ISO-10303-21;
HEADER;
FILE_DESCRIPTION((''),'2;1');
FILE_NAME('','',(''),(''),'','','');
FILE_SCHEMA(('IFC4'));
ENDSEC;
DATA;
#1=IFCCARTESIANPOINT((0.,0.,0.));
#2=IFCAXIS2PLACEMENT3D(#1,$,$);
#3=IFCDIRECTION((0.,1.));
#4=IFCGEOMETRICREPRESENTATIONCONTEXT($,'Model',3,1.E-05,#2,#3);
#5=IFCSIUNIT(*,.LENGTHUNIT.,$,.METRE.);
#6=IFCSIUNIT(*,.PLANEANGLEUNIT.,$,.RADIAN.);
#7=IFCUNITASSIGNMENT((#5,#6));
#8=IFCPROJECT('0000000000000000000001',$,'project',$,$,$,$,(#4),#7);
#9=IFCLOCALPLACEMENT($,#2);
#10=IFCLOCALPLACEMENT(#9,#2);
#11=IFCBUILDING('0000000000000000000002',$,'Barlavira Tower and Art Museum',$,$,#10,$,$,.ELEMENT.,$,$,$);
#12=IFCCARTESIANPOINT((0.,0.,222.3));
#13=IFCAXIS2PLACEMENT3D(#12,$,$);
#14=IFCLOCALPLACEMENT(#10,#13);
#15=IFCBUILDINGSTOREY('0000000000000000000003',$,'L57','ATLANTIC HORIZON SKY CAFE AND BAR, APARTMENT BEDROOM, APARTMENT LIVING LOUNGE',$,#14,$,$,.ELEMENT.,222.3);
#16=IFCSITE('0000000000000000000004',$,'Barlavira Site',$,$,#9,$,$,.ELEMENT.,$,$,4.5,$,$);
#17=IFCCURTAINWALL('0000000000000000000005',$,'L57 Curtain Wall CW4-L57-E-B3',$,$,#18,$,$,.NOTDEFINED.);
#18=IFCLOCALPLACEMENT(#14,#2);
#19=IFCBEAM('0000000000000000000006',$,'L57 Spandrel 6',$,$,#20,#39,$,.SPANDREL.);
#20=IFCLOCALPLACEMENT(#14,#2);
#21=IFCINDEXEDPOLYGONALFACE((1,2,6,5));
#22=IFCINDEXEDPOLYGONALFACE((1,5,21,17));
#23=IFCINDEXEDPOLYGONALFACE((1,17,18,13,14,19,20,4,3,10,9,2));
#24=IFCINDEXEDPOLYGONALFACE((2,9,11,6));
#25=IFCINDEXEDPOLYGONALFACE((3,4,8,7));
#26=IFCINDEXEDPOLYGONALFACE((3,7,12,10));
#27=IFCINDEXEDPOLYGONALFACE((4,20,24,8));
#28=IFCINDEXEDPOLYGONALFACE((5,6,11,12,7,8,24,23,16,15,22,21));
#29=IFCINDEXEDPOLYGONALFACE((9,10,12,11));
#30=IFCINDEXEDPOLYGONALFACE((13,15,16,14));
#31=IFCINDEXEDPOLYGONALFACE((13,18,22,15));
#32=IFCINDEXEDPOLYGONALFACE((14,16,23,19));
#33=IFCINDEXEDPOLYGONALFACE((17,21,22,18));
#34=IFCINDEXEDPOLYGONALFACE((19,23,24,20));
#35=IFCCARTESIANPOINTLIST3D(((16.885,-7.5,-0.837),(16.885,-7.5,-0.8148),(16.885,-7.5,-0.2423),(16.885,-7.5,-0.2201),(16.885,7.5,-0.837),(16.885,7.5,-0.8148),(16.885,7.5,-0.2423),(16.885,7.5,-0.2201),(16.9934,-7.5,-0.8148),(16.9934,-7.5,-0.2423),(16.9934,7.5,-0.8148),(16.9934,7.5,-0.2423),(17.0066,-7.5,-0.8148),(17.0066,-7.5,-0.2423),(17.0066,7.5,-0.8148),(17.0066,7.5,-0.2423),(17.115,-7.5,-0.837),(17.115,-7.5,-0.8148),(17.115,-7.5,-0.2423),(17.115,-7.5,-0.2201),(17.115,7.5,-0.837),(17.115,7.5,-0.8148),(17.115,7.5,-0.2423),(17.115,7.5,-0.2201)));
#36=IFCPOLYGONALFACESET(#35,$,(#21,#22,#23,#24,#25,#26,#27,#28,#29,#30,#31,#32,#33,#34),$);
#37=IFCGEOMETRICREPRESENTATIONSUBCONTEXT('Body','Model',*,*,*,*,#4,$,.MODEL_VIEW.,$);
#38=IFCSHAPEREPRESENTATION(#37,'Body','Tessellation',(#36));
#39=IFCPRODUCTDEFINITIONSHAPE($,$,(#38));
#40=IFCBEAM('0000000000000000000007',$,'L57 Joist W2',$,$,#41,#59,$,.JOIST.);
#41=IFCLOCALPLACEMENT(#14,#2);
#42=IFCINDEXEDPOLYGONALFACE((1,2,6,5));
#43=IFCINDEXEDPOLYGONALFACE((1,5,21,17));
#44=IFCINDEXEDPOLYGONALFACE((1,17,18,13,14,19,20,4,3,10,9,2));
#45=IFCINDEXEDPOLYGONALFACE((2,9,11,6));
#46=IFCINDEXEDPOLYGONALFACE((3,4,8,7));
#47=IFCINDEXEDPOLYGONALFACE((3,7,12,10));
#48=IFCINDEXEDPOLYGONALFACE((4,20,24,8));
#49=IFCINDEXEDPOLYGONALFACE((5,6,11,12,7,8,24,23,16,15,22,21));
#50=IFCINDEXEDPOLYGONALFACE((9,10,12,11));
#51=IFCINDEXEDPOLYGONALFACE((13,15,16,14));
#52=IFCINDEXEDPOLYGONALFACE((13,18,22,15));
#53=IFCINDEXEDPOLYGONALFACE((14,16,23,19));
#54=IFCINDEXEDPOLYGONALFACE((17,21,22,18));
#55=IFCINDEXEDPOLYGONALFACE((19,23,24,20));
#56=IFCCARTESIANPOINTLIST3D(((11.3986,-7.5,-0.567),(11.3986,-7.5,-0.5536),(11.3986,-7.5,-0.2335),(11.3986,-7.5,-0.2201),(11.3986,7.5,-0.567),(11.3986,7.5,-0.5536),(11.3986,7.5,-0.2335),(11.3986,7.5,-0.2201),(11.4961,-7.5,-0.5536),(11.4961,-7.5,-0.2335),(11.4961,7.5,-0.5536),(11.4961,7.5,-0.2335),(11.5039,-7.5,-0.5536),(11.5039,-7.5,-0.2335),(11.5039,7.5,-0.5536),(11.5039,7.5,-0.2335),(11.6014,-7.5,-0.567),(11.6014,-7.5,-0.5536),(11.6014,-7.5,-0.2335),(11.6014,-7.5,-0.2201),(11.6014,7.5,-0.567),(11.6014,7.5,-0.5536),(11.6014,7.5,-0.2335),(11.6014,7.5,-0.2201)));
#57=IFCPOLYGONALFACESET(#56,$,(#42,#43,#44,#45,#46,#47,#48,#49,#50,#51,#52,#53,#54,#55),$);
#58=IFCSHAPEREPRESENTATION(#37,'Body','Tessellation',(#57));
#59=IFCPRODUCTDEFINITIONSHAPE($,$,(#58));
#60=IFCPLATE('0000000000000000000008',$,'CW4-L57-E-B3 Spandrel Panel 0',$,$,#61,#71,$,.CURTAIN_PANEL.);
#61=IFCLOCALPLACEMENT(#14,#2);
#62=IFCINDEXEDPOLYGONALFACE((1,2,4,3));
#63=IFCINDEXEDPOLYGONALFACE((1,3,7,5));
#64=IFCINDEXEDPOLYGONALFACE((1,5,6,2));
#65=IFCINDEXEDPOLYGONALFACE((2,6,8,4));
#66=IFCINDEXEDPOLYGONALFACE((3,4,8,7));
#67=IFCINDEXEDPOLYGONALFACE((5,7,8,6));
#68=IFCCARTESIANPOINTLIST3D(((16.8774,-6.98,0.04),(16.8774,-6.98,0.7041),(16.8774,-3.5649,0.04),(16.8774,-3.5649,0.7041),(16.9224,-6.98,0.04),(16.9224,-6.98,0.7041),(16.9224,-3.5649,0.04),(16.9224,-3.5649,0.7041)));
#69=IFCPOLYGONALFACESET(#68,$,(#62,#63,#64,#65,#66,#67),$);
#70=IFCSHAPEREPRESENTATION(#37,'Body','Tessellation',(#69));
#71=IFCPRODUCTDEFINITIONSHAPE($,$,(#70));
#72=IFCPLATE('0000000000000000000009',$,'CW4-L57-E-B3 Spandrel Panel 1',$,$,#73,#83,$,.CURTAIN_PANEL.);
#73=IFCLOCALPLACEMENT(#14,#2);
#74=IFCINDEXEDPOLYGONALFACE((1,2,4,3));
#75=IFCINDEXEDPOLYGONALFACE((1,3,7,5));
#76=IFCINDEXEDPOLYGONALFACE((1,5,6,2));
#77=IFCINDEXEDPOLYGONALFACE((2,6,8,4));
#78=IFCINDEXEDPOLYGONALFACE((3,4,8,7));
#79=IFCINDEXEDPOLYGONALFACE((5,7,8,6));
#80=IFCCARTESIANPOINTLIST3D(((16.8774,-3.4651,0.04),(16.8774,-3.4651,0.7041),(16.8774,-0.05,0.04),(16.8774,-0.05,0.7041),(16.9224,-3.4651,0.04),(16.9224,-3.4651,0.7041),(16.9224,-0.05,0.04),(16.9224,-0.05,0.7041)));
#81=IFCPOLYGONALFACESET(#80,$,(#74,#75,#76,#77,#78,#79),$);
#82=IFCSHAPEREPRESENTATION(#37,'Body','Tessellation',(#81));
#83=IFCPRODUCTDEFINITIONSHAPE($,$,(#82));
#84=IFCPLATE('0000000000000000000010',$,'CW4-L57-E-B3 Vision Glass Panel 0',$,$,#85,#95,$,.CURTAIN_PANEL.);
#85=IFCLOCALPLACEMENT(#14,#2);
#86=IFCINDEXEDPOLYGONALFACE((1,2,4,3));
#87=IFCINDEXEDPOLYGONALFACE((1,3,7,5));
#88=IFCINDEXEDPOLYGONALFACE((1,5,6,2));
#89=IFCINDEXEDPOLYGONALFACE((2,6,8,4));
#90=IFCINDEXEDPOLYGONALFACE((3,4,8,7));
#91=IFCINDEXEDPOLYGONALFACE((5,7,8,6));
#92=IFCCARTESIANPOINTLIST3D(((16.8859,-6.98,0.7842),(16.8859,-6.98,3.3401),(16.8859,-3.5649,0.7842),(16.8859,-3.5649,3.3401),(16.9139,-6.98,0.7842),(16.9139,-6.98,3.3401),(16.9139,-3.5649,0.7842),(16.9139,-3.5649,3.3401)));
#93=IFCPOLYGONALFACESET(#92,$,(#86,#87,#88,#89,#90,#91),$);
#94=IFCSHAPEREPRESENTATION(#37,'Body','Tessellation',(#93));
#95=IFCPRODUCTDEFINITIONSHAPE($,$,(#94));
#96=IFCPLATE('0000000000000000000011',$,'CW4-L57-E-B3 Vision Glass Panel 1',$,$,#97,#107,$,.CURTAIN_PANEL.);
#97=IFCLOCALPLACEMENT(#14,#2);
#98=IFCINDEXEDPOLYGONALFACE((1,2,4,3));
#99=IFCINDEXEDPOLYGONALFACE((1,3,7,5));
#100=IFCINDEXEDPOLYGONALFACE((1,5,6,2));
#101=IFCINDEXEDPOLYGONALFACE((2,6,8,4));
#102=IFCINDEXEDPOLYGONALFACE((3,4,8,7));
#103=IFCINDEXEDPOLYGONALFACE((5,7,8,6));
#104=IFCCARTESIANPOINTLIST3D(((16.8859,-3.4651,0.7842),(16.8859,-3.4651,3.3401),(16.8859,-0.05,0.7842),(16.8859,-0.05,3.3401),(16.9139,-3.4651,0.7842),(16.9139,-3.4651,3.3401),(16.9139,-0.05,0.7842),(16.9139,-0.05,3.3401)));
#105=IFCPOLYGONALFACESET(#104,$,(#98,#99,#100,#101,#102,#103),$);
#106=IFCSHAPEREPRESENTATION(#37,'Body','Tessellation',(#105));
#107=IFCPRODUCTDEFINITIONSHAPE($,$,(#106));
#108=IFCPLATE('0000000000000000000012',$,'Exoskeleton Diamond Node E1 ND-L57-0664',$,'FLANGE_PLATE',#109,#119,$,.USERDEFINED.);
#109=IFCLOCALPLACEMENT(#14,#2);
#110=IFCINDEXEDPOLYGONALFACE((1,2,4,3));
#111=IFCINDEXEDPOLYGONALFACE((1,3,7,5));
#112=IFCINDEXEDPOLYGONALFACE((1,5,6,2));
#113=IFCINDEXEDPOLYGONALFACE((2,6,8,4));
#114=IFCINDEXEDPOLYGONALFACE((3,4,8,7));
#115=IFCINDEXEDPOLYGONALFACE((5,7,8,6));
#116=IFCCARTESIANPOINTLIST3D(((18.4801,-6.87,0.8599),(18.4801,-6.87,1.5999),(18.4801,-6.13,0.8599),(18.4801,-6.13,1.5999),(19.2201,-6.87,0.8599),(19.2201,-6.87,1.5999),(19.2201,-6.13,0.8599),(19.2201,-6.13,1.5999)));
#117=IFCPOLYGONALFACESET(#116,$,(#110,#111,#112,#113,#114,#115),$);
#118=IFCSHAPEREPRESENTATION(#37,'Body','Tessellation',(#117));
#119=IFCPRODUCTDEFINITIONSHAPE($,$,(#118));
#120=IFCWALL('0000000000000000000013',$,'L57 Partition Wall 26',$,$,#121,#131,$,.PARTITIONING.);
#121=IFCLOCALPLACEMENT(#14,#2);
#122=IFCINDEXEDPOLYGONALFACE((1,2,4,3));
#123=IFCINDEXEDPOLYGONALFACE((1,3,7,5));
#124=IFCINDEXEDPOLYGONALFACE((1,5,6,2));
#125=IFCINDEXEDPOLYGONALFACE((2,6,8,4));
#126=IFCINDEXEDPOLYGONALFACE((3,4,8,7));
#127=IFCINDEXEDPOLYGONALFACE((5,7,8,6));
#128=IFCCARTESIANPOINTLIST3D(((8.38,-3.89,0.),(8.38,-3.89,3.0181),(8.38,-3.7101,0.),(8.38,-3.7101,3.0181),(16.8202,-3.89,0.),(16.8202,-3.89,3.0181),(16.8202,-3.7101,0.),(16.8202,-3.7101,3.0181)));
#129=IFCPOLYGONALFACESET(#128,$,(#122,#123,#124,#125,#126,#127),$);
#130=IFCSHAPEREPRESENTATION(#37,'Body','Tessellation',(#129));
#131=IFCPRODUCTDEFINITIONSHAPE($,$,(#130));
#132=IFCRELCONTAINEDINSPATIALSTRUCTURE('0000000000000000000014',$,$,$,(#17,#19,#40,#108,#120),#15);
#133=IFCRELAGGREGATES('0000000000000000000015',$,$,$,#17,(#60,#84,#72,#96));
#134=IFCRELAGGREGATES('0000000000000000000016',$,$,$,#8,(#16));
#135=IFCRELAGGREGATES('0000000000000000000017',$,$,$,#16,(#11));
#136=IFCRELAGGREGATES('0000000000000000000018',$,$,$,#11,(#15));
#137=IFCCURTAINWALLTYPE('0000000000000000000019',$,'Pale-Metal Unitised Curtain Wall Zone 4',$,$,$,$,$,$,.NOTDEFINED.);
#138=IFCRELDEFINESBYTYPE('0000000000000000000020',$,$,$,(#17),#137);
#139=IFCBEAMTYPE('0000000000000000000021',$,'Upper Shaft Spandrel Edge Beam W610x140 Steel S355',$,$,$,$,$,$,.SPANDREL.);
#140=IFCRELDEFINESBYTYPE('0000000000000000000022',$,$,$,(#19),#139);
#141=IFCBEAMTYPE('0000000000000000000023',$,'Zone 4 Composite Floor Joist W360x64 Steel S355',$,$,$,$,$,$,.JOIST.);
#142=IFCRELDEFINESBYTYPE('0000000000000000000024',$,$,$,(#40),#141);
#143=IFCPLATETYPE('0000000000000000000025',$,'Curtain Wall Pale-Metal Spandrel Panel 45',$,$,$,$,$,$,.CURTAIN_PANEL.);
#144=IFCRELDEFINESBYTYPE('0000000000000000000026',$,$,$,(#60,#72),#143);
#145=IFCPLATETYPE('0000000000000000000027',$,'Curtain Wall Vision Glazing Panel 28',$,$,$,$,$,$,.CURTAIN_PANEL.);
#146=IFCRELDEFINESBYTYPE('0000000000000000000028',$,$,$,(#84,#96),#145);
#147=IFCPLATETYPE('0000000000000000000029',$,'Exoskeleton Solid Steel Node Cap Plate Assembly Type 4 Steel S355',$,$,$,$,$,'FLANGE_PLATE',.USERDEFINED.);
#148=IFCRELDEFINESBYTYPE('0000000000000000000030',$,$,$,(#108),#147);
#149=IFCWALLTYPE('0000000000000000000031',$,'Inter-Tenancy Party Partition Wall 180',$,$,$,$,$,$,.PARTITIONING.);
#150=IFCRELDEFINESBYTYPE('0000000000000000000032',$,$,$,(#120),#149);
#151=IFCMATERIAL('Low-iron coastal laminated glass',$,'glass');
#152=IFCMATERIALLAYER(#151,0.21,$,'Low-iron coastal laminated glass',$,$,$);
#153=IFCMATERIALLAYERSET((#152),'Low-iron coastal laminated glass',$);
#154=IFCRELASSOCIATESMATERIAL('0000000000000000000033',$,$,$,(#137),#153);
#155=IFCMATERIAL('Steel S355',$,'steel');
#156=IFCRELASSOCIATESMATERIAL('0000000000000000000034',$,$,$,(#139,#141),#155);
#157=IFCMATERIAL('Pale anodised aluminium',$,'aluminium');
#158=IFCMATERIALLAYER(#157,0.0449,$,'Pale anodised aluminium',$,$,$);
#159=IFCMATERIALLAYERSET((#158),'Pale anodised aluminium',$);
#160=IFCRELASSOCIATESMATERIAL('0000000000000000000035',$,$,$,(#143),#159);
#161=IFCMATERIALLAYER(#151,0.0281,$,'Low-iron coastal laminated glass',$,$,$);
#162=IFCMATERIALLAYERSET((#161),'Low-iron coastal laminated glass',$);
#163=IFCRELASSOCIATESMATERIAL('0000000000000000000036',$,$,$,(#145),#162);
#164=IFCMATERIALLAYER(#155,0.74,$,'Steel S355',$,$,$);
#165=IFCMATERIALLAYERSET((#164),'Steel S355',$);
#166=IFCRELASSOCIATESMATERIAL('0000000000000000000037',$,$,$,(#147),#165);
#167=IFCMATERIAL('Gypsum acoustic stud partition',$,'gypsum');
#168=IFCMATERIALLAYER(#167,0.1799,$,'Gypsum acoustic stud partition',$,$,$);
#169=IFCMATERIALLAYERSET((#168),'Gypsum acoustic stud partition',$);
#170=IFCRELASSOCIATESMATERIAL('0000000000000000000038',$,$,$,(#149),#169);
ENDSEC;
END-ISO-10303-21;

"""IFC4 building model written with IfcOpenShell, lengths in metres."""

from ifc_helpers import new_model, si_unit, direction, frame, frame_2d, origin, origin_2d, place, context, subcontext, project, spatial, rectangle, i_section, extrude, material, layer, layer_set, material_profile, profile_set, type_object, element, aggregate, save


model = new_model("IFC4")

# Units and contexts
model_context = context("Model", 3, precision=1e-05, world=origin(), true_north=direction((0.0, 1.0)))
body_context = subcontext(model_context, "Body", "Model", "MODEL_VIEW")
ifc_project = project(units=[si_unit("LENGTHUNIT", "METRE"), si_unit("PLANEANGLEUNIT", "RADIAN")], contexts=[model_context])

# Site, building, storey
site_placement = place(None, origin())
site = spatial("IfcSite", under=ifc_project, at=site_placement, Name="Barlavira Site", CompositionType="ELEMENT", RefElevation=4.5)
building_placement = place(site_placement, origin())
building = spatial("IfcBuilding", under=site, at=building_placement, Name="Barlavira Tower and Art Museum", CompositionType="ELEMENT")
storey_placement = place(building_placement, frame((0.0, 0.0, 222.3)))
storey = spatial("IfcBuildingStorey", under=building, at=storey_placement, Name="L57", Description="ATLANTIC HORIZON SKY CAFE AND BAR, APARTMENT BEDROOM, APARTMENT LIVING LOUNGE", CompositionType="ELEMENT", Elevation=222.3)

# Curtain wall
ifc_material_1 = material(Name="Low-iron coastal laminated glass", Category="glass")
ifc_layer_1 = layer(ifc_material_1, 0.21, Name="Low-iron coastal laminated glass")
ifc_layer_set_1 = layer_set([ifc_layer_1], Name="Low-iron coastal laminated glass")
curtain_wall_type = type_object("IfcCurtainWallType", Name="Pale-Metal Unitised Curtain Wall Zone 4", PredefinedType="NOTDEFINED", material=ifc_layer_set_1)
curtain_wall_placement = place(storey_placement, origin())
curtain_wall = element("IfcCurtainWall", 1, at=curtain_wall_placement, inside=storey, type_object=curtain_wall_type, Name="L57 Curtain Wall CW4-L57-E-B3", PredefinedType="NOTDEFINED")
ifc_material_2 = material(Name="Pale anodised aluminium", Category="aluminium")

# Beams
ifc_material_3 = material(Name="Steel S355", Category="steel")
ifc_material_profile_1 = material_profile(ifc_material_3, i_section(OverallWidth=0.23, OverallDepth=0.6169, WebThickness=0.0132, FlangeThickness=0.0222, at=origin_2d()), Name="W610x140.0")
ifc_profile_set_1 = profile_set([ifc_material_profile_1], Name="Steel S355")
beam_type_1 = type_object("IfcBeamType", Name="Upper Shaft Spandrel Edge Beam W610x140 Steel S355", PredefinedType="SPANDREL", material=ifc_profile_set_1)
beam_1_placement = place(storey_placement, frame((17.0, -7.5, -0.5286), z_axis=(0.0, 1.0, 0.0), x_axis=(-1.0, 0.0, 0.0)))
element("IfcBeam", 2, at=beam_1_placement, inside=storey, type_object=beam_type_1, Name="L57 Spandrel 6", PredefinedType="SPANDREL", context=body_context, shape_type="SweptSolid", body=[
    extrude(i_section(OverallWidth=0.23, OverallDepth=0.6169, WebThickness=0.0132, FlangeThickness=0.0222, at=origin_2d()), origin(), (0.0, 0.0, 1.0), 15.0),
])
ifc_material_profile_2 = material_profile(ifc_material_3, i_section(OverallWidth=0.2029, OverallDepth=0.3469, WebThickness=0.0078, FlangeThickness=0.0134, at=origin_2d()), Name="W360x64.0")
ifc_profile_set_2 = profile_set([ifc_material_profile_2], Name="Steel S355")
beam_type_2 = type_object("IfcBeamType", Name="Zone 4 Composite Floor Joist W360x64 Steel S355", PredefinedType="JOIST", material=ifc_profile_set_2)
beam_2_placement = place(storey_placement, frame((11.5, -7.5, -0.3936), z_axis=(0.0, 1.0, 0.0), x_axis=(-1.0, 0.0, 0.0)))
element("IfcBeam", 3, at=beam_2_placement, inside=storey, type_object=beam_type_2, Name="L57 Joist W2", PredefinedType="JOIST", context=body_context, shape_type="SweptSolid", body=[
    extrude(i_section(OverallWidth=0.2029, OverallDepth=0.3469, WebThickness=0.0078, FlangeThickness=0.0134, at=origin_2d()), origin(), (0.0, 0.0, 1.0), 15.0),
])

# Plates
ifc_layer_2 = layer(ifc_material_2, 0.0449, Name="Pale anodised aluminium")
ifc_layer_set_2 = layer_set([ifc_layer_2], Name="Pale anodised aluminium")
plate_type_1 = type_object("IfcPlateType", Name="Curtain Wall Pale-Metal Spandrel Panel 45", PredefinedType="CURTAIN_PANEL", material=ifc_layer_set_2)
plate_1_placement = place(storey_placement, frame((16.8999, -5.2725, 0.04), z_axis=(0.0, 0.0, 1.0), x_axis=(0.0, 1.0, 0.0)))
plate_1 = element("IfcPlate", 4, at=plate_1_placement, type_object=plate_type_1, Name="CW4-L57-E-B3 Spandrel Panel 0", PredefinedType="CURTAIN_PANEL", context=body_context, shape_type="SweptSolid", body=[
    extrude(rectangle(XDim=3.415, YDim=0.0449, at=origin_2d()), origin(), (0.0, 0.0, 1.0), 0.6641),
])
plate_2_placement = place(storey_placement, frame((16.8999, -1.7576, 0.04), z_axis=(0.0, 0.0, 1.0), x_axis=(0.0, 1.0, 0.0)))
plate_2 = element("IfcPlate", 5, at=plate_2_placement, type_object=plate_type_1, Name="CW4-L57-E-B3 Spandrel Panel 1", PredefinedType="CURTAIN_PANEL", context=body_context, shape_type="SweptSolid", body=[
    extrude(rectangle(XDim=3.415, YDim=0.0449, at=origin_2d()), origin(), (0.0, 0.0, 1.0), 0.6641),
])
ifc_layer_3 = layer(ifc_material_1, 0.0281, Name="Low-iron coastal laminated glass")
ifc_layer_set_3 = layer_set([ifc_layer_3], Name="Low-iron coastal laminated glass")
plate_type_2 = type_object("IfcPlateType", Name="Curtain Wall Vision Glazing Panel 28", PredefinedType="CURTAIN_PANEL", material=ifc_layer_set_3)
plate_3_placement = place(storey_placement, frame((16.8999, -5.2725, 0.7842), z_axis=(0.0, 0.0, 1.0), x_axis=(0.0, 1.0, 0.0)))
plate_3 = element("IfcPlate", 6, at=plate_3_placement, type_object=plate_type_2, Name="CW4-L57-E-B3 Vision Glass Panel 0", PredefinedType="CURTAIN_PANEL", context=body_context, shape_type="SweptSolid", body=[
    extrude(rectangle(XDim=3.415, YDim=0.0281, at=origin_2d()), origin(), (0.0, 0.0, 1.0), 2.5559),
])
plate_4_placement = place(storey_placement, frame((16.8999, -1.7576, 0.7842), z_axis=(0.0, 0.0, 1.0), x_axis=(0.0, 1.0, 0.0)))
plate_4 = element("IfcPlate", 7, at=plate_4_placement, type_object=plate_type_2, Name="CW4-L57-E-B3 Vision Glass Panel 1", PredefinedType="CURTAIN_PANEL", context=body_context, shape_type="SweptSolid", body=[
    extrude(rectangle(XDim=3.415, YDim=0.0281, at=origin_2d()), origin(), (0.0, 0.0, 1.0), 2.5559),
])
aggregate(curtain_wall, [plate_1, plate_3, plate_2, plate_4])
ifc_layer_4 = layer(ifc_material_3, 0.74, Name="Steel S355")
ifc_layer_set_4 = layer_set([ifc_layer_4], Name="Steel S355")
plate_type_3 = type_object("IfcPlateType", Name="Exoskeleton Solid Steel Node Cap Plate Assembly Type 4 Steel S355", ElementType="FLANGE_PLATE", PredefinedType="USERDEFINED", material=ifc_layer_set_4)
plate_5_placement = place(storey_placement, frame((18.8501, -6.5, 0.8599), z_axis=(0.0, 0.0, 1.0), x_axis=(1.0, 0.0, 0.0)))
element("IfcPlate", 8, at=plate_5_placement, inside=storey, type_object=plate_type_3, Name="Exoskeleton Diamond Node E1 ND-L57-0664", ObjectType="FLANGE_PLATE", PredefinedType="USERDEFINED", context=body_context, shape_type="SweptSolid", body=[
    extrude(rectangle(XDim=0.74, YDim=0.74, at=origin_2d()), origin(), (0.0, 0.0, 1.0), 0.74),
])

# Shared definitions
ifc_material_4 = material(Name="Gypsum acoustic stud partition", Category="gypsum")
ifc_layer_5 = layer(ifc_material_4, 0.1799, Name="Gypsum acoustic stud partition")
ifc_layer_set_5 = layer_set([ifc_layer_5], Name="Gypsum acoustic stud partition")
wall_type = type_object("IfcWallType", Name="Inter-Tenancy Party Partition Wall 180", PredefinedType="PARTITIONING", material=ifc_layer_set_5)

# Wall
wall_1_placement = place(storey_placement, frame((8.3799, -3.8, 0.0), z_axis=(0.0, 0.0, 1.0), x_axis=(1.0, 0.0, 0.0)))
element("IfcWall", 9, at=wall_1_placement, inside=storey, type_object=wall_type, Name="L57 Partition Wall 26", PredefinedType="PARTITIONING", context=body_context, shape_type="SweptSolid", body=[
    extrude(rectangle(XDim=8.4402, YDim=0.1799, at=frame_2d((4.2202, 0.0))), origin(), (0.0, 0.0, 1.0), 3.0181),
])

save(model, "model.ifc")
